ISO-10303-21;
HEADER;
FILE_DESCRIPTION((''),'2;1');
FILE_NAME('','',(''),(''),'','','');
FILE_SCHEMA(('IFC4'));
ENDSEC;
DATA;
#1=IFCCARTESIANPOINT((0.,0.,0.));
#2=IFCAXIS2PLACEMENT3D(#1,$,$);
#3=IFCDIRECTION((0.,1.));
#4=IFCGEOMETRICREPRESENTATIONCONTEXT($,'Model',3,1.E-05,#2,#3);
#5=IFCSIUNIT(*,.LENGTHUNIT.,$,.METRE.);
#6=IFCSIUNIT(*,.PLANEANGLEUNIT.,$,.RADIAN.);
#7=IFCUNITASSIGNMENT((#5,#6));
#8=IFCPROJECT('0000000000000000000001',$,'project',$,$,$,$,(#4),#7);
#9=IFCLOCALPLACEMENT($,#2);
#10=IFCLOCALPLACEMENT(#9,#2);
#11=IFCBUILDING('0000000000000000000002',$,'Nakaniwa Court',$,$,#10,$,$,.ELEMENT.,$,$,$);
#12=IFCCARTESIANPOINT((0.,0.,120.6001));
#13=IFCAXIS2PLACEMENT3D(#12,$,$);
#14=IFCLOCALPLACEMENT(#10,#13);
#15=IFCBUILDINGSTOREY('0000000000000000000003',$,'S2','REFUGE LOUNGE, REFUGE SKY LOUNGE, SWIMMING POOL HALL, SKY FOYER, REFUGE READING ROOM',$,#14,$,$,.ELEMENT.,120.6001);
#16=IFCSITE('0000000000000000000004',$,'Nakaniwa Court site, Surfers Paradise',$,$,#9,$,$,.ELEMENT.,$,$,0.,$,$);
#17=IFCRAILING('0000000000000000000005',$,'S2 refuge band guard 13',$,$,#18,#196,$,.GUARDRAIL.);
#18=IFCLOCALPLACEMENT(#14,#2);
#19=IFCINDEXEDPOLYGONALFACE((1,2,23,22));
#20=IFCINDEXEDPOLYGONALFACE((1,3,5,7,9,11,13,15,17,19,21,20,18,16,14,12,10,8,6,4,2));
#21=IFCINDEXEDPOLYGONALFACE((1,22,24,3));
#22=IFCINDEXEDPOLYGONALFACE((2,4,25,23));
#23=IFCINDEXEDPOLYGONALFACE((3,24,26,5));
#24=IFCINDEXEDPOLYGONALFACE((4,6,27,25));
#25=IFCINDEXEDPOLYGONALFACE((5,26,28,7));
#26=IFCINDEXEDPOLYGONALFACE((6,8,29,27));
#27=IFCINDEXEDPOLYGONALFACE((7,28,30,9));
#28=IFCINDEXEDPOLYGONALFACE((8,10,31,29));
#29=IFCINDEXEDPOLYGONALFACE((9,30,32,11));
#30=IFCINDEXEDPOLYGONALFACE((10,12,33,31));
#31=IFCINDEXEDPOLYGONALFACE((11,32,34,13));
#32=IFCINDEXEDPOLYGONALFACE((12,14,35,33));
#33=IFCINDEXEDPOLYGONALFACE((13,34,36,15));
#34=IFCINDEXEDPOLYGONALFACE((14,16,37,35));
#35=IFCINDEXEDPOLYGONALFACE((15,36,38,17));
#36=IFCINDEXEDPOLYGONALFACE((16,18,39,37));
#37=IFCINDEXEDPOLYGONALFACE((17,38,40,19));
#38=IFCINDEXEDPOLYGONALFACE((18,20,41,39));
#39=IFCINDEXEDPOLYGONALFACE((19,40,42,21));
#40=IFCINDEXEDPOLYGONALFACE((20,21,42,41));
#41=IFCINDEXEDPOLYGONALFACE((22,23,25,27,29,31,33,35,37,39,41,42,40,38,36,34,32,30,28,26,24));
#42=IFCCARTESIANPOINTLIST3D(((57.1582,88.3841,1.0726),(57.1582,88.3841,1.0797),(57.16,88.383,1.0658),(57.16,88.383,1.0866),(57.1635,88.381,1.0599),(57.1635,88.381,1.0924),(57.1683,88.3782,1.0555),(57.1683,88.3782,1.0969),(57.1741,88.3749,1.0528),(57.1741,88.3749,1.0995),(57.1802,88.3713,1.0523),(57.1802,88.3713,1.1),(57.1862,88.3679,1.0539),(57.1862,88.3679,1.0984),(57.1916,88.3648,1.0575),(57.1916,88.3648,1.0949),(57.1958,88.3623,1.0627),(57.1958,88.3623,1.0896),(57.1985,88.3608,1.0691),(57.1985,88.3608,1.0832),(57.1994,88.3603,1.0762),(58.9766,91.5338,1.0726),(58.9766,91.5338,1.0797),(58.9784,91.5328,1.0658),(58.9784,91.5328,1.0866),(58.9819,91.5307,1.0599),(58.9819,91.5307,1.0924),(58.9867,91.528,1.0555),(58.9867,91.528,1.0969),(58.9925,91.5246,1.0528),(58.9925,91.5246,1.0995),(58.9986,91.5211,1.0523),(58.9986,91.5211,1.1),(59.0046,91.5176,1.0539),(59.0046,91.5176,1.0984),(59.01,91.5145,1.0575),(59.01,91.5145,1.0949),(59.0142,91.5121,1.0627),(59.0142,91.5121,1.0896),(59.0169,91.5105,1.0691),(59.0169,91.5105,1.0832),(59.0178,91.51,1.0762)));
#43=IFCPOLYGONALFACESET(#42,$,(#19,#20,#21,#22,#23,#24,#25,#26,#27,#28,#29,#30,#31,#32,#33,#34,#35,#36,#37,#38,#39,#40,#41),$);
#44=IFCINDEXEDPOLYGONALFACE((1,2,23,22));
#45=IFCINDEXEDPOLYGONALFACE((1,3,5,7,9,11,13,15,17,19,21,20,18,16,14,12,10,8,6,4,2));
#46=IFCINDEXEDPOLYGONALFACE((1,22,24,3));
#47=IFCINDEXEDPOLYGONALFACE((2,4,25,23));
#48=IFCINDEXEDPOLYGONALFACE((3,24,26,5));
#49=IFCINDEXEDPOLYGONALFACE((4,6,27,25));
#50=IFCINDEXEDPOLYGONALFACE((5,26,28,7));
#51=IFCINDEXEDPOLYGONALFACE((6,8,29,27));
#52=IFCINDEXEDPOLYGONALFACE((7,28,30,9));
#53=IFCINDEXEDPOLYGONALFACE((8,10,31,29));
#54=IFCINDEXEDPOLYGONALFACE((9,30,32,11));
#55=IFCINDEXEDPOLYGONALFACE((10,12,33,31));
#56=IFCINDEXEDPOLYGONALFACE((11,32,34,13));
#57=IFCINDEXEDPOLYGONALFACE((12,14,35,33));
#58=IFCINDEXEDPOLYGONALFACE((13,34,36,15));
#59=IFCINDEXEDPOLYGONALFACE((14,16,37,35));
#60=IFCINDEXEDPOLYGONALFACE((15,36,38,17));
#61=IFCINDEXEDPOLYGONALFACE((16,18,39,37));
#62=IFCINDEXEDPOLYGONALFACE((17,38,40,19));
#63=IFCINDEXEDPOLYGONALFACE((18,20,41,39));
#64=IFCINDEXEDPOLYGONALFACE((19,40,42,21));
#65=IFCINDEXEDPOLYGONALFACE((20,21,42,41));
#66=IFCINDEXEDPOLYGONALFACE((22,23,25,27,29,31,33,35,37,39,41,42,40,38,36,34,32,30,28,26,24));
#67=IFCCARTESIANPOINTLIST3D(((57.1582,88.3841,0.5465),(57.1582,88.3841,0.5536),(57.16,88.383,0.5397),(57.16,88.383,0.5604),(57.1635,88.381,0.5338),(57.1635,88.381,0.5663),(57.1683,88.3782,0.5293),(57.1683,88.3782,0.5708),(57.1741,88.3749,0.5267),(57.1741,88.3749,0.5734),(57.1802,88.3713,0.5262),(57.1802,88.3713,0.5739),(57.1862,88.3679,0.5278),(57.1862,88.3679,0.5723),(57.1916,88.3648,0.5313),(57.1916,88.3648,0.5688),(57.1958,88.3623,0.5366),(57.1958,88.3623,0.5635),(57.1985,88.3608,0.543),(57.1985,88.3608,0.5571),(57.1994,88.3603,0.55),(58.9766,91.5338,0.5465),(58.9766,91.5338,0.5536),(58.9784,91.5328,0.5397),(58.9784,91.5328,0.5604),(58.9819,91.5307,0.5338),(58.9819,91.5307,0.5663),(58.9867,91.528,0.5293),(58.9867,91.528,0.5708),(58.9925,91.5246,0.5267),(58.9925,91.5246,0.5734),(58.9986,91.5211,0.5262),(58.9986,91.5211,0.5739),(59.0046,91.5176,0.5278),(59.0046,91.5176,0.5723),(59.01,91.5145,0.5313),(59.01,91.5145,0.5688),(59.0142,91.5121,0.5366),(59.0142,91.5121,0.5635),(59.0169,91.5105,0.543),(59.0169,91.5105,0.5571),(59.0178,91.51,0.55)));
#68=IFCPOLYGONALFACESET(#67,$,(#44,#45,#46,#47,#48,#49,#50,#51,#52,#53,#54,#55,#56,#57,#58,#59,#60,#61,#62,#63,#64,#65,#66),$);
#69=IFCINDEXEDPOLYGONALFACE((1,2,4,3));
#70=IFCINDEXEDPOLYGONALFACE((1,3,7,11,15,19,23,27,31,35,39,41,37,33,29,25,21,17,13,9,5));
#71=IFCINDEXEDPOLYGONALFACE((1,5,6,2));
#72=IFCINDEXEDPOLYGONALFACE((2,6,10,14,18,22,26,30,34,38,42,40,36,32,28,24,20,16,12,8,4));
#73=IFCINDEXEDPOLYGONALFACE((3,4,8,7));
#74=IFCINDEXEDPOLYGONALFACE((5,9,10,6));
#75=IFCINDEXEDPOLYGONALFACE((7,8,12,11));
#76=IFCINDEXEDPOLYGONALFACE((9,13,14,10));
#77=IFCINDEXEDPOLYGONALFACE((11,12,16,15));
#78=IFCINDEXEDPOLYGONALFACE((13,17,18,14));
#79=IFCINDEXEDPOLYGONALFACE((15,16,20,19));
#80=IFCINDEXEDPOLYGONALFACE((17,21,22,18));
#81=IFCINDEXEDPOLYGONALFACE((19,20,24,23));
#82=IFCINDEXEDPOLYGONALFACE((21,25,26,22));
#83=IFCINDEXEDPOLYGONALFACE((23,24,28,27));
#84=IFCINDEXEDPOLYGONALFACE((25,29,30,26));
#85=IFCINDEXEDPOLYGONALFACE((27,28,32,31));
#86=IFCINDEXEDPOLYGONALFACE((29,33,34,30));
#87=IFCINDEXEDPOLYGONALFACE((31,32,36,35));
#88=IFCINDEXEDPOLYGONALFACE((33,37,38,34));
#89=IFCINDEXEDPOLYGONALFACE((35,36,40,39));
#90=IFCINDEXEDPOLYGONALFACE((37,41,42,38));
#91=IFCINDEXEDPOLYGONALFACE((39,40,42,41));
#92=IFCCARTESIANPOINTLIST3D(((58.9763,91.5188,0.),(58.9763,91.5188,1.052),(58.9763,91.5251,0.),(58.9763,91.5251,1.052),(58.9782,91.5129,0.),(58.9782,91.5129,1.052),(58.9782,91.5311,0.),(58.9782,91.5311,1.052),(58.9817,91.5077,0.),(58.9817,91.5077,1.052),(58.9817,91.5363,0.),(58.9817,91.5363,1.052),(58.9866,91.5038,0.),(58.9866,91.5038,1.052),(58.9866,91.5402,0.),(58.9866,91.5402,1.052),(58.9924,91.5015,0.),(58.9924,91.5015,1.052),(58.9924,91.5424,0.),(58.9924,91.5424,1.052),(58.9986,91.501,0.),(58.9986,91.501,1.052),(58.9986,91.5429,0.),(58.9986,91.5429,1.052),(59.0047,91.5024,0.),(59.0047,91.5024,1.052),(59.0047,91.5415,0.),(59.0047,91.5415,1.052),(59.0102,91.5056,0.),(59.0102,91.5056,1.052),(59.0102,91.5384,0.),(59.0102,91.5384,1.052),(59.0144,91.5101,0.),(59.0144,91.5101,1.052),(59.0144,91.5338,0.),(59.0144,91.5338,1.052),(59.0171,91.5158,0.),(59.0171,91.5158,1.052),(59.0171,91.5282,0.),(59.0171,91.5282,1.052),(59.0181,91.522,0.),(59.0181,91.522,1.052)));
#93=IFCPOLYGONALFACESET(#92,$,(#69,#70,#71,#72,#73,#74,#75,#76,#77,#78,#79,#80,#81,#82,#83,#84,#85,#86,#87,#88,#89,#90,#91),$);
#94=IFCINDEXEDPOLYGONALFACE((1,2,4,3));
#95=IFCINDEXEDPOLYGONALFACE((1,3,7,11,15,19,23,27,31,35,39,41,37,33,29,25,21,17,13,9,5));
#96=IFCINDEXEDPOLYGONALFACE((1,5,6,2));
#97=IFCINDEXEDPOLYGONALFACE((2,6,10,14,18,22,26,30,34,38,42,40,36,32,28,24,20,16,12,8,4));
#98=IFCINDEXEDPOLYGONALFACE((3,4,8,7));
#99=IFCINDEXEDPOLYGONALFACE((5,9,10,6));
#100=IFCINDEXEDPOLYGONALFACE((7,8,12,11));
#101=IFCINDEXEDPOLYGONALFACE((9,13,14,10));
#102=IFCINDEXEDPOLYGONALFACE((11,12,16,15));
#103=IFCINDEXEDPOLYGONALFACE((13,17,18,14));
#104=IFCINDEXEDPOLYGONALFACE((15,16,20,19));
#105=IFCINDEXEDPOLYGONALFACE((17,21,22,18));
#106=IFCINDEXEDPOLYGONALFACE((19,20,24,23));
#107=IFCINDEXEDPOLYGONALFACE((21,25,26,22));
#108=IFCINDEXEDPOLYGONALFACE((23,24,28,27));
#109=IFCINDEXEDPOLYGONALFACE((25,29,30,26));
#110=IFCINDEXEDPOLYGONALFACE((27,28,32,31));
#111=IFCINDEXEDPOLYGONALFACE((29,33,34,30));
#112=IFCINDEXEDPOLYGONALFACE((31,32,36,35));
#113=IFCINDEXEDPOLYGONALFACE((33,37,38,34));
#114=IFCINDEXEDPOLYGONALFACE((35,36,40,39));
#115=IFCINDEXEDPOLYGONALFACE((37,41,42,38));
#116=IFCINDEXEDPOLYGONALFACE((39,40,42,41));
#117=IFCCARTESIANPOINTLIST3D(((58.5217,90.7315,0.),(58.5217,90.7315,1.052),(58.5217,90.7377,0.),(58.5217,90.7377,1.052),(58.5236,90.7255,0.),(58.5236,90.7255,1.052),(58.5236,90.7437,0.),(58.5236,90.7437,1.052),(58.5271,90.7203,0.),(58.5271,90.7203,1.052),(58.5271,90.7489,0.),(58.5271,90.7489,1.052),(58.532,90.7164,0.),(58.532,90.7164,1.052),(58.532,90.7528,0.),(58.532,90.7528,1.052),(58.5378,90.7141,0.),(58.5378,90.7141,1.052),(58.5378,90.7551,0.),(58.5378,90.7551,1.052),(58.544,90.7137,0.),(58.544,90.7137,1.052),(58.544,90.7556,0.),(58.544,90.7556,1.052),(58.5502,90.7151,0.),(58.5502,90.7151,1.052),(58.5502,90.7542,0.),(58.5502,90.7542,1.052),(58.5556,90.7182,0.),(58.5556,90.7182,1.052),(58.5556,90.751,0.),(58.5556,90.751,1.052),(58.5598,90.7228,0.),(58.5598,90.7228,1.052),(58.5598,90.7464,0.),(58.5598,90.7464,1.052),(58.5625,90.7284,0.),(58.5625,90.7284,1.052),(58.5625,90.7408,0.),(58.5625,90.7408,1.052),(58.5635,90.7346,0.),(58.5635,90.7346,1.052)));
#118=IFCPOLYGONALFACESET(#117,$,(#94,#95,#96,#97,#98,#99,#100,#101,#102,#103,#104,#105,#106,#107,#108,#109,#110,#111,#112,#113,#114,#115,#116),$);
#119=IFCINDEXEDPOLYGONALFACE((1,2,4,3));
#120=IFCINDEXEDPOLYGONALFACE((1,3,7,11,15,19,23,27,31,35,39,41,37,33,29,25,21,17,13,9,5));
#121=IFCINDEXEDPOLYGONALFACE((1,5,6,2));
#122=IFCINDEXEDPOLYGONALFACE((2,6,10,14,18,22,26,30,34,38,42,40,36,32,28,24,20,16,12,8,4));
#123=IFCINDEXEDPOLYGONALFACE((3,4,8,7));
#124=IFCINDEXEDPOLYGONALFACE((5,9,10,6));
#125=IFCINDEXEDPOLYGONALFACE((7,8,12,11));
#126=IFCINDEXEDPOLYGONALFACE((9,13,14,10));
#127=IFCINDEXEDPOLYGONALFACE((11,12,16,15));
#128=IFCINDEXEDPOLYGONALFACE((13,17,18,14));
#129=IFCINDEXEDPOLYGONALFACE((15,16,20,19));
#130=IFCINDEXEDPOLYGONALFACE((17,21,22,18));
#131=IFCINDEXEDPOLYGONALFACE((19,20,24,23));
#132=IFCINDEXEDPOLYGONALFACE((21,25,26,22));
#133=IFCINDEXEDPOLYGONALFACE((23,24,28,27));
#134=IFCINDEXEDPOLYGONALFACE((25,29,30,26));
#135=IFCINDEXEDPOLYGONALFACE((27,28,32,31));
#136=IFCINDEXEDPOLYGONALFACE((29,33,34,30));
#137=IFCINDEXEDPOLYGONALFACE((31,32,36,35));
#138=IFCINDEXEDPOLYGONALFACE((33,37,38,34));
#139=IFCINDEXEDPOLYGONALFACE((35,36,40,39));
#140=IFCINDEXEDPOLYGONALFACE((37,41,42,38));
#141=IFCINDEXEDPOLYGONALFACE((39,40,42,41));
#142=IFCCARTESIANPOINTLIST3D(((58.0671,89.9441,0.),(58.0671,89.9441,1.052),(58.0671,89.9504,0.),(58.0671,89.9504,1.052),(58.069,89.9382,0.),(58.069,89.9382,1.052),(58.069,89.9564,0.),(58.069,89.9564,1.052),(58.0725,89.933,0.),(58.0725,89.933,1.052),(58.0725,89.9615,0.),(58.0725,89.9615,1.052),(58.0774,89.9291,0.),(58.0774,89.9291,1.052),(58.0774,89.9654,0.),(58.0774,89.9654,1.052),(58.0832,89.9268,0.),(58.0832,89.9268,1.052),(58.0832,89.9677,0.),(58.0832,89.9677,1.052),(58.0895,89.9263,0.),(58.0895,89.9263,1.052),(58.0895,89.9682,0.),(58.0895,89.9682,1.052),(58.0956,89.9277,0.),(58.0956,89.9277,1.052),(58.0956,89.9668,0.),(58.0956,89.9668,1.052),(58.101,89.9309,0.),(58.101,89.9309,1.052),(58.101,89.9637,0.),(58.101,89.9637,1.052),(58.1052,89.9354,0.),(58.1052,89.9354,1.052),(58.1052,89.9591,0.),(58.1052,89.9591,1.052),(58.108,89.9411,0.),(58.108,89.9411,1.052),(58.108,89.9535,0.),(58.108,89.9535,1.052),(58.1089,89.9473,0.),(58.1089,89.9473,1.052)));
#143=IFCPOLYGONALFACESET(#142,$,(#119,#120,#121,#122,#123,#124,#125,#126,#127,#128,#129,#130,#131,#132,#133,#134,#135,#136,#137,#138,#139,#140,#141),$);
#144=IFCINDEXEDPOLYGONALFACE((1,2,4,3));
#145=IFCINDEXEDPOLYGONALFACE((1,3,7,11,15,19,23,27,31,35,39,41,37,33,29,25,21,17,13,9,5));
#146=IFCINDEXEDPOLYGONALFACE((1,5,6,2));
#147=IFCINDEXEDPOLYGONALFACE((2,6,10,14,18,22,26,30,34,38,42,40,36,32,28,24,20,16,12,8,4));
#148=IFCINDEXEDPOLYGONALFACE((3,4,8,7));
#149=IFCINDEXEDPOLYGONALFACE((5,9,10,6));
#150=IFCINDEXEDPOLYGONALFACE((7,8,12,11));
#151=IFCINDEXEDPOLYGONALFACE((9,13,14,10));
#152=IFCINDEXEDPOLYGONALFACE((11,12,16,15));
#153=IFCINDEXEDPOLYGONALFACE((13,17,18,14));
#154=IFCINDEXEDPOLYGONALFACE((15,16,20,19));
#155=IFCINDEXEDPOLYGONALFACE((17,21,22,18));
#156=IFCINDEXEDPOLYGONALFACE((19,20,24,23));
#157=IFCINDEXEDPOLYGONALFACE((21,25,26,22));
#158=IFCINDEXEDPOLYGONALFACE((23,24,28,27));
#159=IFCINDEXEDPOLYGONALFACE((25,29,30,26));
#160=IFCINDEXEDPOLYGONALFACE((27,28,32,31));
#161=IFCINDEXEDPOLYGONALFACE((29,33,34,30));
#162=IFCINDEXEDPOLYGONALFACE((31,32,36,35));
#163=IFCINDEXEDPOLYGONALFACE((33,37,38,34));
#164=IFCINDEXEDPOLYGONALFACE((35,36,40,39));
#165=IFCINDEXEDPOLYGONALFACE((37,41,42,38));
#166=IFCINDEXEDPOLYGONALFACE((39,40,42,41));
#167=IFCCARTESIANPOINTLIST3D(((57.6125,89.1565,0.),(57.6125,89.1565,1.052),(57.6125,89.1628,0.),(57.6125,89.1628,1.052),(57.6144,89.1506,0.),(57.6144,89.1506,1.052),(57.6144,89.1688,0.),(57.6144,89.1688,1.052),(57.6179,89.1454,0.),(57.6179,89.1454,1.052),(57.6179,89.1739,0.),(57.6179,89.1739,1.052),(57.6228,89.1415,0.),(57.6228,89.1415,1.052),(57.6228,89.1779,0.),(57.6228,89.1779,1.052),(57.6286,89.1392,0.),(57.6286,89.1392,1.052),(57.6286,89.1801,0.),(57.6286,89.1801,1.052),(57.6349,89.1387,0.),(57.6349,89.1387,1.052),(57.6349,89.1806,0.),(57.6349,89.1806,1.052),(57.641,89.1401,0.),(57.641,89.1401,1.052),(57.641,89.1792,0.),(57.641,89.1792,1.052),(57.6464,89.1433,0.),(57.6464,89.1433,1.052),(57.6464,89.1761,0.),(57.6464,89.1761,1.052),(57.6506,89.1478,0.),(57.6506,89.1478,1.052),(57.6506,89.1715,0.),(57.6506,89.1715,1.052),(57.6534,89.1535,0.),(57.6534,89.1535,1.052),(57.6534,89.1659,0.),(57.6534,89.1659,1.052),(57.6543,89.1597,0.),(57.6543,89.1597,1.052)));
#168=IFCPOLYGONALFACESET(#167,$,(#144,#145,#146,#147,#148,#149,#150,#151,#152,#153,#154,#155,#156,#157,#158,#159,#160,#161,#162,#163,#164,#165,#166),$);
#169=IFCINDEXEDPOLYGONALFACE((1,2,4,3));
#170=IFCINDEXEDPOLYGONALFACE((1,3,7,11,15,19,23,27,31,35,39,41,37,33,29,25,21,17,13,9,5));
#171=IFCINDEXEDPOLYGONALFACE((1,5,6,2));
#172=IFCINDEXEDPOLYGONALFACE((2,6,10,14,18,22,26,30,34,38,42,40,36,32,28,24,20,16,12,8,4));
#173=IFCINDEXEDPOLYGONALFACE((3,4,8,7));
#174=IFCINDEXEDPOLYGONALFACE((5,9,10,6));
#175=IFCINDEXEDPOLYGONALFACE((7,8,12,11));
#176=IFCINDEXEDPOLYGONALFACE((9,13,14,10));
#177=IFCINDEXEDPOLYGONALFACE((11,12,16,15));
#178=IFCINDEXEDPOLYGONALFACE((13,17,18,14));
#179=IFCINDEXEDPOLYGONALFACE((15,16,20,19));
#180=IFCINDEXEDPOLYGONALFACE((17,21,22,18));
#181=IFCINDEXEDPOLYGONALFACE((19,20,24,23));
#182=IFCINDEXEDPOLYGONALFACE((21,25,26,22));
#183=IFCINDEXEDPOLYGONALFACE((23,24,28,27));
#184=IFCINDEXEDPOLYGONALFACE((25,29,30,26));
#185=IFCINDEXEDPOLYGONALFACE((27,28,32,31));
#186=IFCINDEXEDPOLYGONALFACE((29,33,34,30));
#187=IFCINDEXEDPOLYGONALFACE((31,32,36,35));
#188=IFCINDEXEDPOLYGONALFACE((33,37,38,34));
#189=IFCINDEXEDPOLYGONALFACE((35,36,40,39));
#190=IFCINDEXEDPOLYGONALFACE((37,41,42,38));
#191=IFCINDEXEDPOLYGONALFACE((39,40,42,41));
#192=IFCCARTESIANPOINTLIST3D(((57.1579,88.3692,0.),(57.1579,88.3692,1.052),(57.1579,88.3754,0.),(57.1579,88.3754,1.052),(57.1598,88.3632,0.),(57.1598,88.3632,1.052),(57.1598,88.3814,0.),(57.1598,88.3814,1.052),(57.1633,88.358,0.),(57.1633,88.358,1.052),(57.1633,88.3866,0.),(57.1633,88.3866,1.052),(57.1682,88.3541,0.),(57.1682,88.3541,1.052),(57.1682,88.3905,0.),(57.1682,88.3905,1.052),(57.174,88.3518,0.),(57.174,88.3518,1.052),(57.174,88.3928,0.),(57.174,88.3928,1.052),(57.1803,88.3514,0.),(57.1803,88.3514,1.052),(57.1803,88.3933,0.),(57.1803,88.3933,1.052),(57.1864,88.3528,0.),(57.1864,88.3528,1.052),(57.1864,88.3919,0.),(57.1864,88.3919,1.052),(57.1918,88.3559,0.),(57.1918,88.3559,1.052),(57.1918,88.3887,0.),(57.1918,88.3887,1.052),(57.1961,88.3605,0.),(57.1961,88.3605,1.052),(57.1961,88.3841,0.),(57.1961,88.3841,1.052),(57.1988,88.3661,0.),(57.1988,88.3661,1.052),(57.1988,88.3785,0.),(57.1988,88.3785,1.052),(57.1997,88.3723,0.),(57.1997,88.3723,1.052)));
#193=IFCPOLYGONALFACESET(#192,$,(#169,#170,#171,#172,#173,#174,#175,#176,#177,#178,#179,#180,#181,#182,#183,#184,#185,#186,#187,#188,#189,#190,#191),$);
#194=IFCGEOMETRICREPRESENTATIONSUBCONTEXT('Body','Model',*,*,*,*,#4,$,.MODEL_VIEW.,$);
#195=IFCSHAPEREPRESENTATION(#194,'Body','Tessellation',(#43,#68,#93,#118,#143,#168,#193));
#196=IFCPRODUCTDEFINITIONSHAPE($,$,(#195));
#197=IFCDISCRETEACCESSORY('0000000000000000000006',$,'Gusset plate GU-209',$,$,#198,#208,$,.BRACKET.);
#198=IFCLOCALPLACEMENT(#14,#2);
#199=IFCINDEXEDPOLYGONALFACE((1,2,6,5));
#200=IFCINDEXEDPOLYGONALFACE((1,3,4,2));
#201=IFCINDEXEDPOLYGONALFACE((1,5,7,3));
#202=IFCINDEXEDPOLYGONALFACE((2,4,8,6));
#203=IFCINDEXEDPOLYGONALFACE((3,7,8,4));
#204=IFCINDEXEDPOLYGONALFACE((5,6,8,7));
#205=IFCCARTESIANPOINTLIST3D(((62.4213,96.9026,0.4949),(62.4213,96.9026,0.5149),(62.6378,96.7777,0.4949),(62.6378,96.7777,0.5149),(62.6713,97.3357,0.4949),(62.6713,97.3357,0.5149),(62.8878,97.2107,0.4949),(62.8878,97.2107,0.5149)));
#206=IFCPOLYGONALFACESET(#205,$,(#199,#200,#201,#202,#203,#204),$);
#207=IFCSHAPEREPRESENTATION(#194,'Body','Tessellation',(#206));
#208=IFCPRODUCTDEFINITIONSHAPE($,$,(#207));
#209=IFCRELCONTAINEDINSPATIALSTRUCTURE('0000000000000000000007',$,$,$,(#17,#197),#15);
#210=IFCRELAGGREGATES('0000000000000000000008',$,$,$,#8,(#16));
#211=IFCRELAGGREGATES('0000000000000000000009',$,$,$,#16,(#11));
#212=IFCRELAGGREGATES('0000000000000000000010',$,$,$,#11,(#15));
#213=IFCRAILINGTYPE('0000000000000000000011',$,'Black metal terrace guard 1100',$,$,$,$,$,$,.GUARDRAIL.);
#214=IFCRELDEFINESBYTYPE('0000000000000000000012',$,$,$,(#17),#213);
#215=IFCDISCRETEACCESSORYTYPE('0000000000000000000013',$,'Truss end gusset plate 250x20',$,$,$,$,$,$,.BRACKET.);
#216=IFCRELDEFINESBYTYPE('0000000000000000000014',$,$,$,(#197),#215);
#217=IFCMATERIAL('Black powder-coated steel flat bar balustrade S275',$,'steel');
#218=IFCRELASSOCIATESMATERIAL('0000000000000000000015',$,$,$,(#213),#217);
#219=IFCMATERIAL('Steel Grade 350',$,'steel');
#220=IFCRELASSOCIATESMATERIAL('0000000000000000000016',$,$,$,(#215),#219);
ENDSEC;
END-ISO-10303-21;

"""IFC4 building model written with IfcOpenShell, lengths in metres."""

from ifc_helpers import new_model, si_unit, direction, frame, origin, origin_2d, place, context, subcontext, project, spatial, rectangle, circle, extrude, material, material_profile, profile_set, type_object, element, save


model = new_model("IFC4")

# Units and contexts
model_context = context("Model", 3, precision=1e-05, world=origin(), true_north=direction((0.0, 1.0)))
body_context = subcontext(model_context, "Body", "Model", "MODEL_VIEW")
ifc_project = project(units=[si_unit("LENGTHUNIT", "METRE"), si_unit("PLANEANGLEUNIT", "RADIAN")], contexts=[model_context])

# Site, building, storey
site_placement = place(None, origin())
site = spatial("IfcSite", under=ifc_project, at=site_placement, Name="Nakaniwa Court site, Surfers Paradise", CompositionType="ELEMENT", RefElevation=0.0)
building_placement = place(site_placement, origin())
building = spatial("IfcBuilding", under=site, at=building_placement, Name="Nakaniwa Court", CompositionType="ELEMENT")
storey_placement = place(building_placement, frame((0.0, 0.0, 120.6001)))
storey = spatial("IfcBuildingStorey", under=building, at=storey_placement, Name="S2", Description="REFUGE LOUNGE, REFUGE SKY LOUNGE, SWIMMING POOL HALL, SKY FOYER, REFUGE READING ROOM", CompositionType="ELEMENT", Elevation=120.6001)

# Shared definitions
ifc_material_1 = material(Name="Steel Grade 350", Category="steel")

# Railing
ifc_material_2 = material(Name="Black powder-coated steel flat bar balustrade S275", Category="steel")
railing_type = type_object("IfcRailingType", Name="Black metal terrace guard 1100", PredefinedType="GUARDRAIL", material=ifc_material_2)
railing_1_placement = place(storey_placement, frame((58.9971, 91.522, 0.0)))
element("IfcRailing", 1, at=railing_1_placement, inside=storey, type_object=railing_type, Name="S2 refuge band guard 13", PredefinedType="GUARDRAIL", context=body_context, shape_type="SweptSolid", body=[
    extrude(circle(Radius=0.0239, at=origin_2d()), frame((0.0, 0.0, 1.0762), z_axis=(-0.49998, -0.866037, 0.0), x_axis=(0.866037, -0.49998, 0.0)), (0.0, 0.0, 1.0), 3.637),
    extrude(circle(Radius=0.0239, at=origin_2d()), frame((0.0, 0.0, 0.55), z_axis=(-0.49998, -0.866037, 0.0), x_axis=(0.866037, -0.49998, 0.0)), (0.0, 0.0, 1.0), 3.637),
    extrude(circle(Radius=0.021, at=origin_2d()), origin(), (0.0, 0.0, 1.0), 1.052),
    extrude(circle(Radius=0.021, at=origin_2d()), frame((-0.4546, -0.7874, 0.0)), (0.0, 0.0, 1.0), 1.052),
    extrude(circle(Radius=0.021, at=origin_2d()), frame((-0.9092, -1.5747, 0.0)), (0.0, 0.0, 1.0), 1.052),
    extrude(circle(Radius=0.021, at=origin_2d()), frame((-1.3638, -2.3623, 0.0)), (0.0, 0.0, 1.0), 1.052),
    extrude(circle(Radius=0.021, at=origin_2d()), frame((-1.8184, -3.1497, 0.0)), (0.0, 0.0, 1.0), 1.052),
])

# Discrete accessory
ifc_material_profile_1 = material_profile(ifc_material_1, rectangle(XDim=0.25, YDim=0.02, at=origin_2d()), Name="Truss end gusset plate 250x20")
ifc_profile_set_1 = profile_set([ifc_material_profile_1], Name="Steel Grade 350")
discrete_accessory_type = type_object("IfcDiscreteAccessoryType", Name="Truss end gusset plate 250x20", PredefinedType="BRACKET", material=ifc_profile_set_1)
for number, where, z_axis, x_axis, name in (
    (2, (62.7795, 97.2732, 0.5049), (-0.49992, -0.866072, 0.0), (0.866072, -0.49992, 0.0), "Gusset plate GU-209"),
):
    element("IfcDiscreteAccessory", number, at=place(storey_placement, frame(where, z_axis=z_axis, x_axis=x_axis)), inside=storey, type_object=discrete_accessory_type, Name=name, PredefinedType="BRACKET", context=body_context, shape_type="SweptSolid", body=[
        extrude(rectangle(XDim=0.25, YDim=0.02, at=origin_2d()), origin(), (0.0, 0.0, 1.0), 0.5),
    ])

save(model, "model.ifc")
